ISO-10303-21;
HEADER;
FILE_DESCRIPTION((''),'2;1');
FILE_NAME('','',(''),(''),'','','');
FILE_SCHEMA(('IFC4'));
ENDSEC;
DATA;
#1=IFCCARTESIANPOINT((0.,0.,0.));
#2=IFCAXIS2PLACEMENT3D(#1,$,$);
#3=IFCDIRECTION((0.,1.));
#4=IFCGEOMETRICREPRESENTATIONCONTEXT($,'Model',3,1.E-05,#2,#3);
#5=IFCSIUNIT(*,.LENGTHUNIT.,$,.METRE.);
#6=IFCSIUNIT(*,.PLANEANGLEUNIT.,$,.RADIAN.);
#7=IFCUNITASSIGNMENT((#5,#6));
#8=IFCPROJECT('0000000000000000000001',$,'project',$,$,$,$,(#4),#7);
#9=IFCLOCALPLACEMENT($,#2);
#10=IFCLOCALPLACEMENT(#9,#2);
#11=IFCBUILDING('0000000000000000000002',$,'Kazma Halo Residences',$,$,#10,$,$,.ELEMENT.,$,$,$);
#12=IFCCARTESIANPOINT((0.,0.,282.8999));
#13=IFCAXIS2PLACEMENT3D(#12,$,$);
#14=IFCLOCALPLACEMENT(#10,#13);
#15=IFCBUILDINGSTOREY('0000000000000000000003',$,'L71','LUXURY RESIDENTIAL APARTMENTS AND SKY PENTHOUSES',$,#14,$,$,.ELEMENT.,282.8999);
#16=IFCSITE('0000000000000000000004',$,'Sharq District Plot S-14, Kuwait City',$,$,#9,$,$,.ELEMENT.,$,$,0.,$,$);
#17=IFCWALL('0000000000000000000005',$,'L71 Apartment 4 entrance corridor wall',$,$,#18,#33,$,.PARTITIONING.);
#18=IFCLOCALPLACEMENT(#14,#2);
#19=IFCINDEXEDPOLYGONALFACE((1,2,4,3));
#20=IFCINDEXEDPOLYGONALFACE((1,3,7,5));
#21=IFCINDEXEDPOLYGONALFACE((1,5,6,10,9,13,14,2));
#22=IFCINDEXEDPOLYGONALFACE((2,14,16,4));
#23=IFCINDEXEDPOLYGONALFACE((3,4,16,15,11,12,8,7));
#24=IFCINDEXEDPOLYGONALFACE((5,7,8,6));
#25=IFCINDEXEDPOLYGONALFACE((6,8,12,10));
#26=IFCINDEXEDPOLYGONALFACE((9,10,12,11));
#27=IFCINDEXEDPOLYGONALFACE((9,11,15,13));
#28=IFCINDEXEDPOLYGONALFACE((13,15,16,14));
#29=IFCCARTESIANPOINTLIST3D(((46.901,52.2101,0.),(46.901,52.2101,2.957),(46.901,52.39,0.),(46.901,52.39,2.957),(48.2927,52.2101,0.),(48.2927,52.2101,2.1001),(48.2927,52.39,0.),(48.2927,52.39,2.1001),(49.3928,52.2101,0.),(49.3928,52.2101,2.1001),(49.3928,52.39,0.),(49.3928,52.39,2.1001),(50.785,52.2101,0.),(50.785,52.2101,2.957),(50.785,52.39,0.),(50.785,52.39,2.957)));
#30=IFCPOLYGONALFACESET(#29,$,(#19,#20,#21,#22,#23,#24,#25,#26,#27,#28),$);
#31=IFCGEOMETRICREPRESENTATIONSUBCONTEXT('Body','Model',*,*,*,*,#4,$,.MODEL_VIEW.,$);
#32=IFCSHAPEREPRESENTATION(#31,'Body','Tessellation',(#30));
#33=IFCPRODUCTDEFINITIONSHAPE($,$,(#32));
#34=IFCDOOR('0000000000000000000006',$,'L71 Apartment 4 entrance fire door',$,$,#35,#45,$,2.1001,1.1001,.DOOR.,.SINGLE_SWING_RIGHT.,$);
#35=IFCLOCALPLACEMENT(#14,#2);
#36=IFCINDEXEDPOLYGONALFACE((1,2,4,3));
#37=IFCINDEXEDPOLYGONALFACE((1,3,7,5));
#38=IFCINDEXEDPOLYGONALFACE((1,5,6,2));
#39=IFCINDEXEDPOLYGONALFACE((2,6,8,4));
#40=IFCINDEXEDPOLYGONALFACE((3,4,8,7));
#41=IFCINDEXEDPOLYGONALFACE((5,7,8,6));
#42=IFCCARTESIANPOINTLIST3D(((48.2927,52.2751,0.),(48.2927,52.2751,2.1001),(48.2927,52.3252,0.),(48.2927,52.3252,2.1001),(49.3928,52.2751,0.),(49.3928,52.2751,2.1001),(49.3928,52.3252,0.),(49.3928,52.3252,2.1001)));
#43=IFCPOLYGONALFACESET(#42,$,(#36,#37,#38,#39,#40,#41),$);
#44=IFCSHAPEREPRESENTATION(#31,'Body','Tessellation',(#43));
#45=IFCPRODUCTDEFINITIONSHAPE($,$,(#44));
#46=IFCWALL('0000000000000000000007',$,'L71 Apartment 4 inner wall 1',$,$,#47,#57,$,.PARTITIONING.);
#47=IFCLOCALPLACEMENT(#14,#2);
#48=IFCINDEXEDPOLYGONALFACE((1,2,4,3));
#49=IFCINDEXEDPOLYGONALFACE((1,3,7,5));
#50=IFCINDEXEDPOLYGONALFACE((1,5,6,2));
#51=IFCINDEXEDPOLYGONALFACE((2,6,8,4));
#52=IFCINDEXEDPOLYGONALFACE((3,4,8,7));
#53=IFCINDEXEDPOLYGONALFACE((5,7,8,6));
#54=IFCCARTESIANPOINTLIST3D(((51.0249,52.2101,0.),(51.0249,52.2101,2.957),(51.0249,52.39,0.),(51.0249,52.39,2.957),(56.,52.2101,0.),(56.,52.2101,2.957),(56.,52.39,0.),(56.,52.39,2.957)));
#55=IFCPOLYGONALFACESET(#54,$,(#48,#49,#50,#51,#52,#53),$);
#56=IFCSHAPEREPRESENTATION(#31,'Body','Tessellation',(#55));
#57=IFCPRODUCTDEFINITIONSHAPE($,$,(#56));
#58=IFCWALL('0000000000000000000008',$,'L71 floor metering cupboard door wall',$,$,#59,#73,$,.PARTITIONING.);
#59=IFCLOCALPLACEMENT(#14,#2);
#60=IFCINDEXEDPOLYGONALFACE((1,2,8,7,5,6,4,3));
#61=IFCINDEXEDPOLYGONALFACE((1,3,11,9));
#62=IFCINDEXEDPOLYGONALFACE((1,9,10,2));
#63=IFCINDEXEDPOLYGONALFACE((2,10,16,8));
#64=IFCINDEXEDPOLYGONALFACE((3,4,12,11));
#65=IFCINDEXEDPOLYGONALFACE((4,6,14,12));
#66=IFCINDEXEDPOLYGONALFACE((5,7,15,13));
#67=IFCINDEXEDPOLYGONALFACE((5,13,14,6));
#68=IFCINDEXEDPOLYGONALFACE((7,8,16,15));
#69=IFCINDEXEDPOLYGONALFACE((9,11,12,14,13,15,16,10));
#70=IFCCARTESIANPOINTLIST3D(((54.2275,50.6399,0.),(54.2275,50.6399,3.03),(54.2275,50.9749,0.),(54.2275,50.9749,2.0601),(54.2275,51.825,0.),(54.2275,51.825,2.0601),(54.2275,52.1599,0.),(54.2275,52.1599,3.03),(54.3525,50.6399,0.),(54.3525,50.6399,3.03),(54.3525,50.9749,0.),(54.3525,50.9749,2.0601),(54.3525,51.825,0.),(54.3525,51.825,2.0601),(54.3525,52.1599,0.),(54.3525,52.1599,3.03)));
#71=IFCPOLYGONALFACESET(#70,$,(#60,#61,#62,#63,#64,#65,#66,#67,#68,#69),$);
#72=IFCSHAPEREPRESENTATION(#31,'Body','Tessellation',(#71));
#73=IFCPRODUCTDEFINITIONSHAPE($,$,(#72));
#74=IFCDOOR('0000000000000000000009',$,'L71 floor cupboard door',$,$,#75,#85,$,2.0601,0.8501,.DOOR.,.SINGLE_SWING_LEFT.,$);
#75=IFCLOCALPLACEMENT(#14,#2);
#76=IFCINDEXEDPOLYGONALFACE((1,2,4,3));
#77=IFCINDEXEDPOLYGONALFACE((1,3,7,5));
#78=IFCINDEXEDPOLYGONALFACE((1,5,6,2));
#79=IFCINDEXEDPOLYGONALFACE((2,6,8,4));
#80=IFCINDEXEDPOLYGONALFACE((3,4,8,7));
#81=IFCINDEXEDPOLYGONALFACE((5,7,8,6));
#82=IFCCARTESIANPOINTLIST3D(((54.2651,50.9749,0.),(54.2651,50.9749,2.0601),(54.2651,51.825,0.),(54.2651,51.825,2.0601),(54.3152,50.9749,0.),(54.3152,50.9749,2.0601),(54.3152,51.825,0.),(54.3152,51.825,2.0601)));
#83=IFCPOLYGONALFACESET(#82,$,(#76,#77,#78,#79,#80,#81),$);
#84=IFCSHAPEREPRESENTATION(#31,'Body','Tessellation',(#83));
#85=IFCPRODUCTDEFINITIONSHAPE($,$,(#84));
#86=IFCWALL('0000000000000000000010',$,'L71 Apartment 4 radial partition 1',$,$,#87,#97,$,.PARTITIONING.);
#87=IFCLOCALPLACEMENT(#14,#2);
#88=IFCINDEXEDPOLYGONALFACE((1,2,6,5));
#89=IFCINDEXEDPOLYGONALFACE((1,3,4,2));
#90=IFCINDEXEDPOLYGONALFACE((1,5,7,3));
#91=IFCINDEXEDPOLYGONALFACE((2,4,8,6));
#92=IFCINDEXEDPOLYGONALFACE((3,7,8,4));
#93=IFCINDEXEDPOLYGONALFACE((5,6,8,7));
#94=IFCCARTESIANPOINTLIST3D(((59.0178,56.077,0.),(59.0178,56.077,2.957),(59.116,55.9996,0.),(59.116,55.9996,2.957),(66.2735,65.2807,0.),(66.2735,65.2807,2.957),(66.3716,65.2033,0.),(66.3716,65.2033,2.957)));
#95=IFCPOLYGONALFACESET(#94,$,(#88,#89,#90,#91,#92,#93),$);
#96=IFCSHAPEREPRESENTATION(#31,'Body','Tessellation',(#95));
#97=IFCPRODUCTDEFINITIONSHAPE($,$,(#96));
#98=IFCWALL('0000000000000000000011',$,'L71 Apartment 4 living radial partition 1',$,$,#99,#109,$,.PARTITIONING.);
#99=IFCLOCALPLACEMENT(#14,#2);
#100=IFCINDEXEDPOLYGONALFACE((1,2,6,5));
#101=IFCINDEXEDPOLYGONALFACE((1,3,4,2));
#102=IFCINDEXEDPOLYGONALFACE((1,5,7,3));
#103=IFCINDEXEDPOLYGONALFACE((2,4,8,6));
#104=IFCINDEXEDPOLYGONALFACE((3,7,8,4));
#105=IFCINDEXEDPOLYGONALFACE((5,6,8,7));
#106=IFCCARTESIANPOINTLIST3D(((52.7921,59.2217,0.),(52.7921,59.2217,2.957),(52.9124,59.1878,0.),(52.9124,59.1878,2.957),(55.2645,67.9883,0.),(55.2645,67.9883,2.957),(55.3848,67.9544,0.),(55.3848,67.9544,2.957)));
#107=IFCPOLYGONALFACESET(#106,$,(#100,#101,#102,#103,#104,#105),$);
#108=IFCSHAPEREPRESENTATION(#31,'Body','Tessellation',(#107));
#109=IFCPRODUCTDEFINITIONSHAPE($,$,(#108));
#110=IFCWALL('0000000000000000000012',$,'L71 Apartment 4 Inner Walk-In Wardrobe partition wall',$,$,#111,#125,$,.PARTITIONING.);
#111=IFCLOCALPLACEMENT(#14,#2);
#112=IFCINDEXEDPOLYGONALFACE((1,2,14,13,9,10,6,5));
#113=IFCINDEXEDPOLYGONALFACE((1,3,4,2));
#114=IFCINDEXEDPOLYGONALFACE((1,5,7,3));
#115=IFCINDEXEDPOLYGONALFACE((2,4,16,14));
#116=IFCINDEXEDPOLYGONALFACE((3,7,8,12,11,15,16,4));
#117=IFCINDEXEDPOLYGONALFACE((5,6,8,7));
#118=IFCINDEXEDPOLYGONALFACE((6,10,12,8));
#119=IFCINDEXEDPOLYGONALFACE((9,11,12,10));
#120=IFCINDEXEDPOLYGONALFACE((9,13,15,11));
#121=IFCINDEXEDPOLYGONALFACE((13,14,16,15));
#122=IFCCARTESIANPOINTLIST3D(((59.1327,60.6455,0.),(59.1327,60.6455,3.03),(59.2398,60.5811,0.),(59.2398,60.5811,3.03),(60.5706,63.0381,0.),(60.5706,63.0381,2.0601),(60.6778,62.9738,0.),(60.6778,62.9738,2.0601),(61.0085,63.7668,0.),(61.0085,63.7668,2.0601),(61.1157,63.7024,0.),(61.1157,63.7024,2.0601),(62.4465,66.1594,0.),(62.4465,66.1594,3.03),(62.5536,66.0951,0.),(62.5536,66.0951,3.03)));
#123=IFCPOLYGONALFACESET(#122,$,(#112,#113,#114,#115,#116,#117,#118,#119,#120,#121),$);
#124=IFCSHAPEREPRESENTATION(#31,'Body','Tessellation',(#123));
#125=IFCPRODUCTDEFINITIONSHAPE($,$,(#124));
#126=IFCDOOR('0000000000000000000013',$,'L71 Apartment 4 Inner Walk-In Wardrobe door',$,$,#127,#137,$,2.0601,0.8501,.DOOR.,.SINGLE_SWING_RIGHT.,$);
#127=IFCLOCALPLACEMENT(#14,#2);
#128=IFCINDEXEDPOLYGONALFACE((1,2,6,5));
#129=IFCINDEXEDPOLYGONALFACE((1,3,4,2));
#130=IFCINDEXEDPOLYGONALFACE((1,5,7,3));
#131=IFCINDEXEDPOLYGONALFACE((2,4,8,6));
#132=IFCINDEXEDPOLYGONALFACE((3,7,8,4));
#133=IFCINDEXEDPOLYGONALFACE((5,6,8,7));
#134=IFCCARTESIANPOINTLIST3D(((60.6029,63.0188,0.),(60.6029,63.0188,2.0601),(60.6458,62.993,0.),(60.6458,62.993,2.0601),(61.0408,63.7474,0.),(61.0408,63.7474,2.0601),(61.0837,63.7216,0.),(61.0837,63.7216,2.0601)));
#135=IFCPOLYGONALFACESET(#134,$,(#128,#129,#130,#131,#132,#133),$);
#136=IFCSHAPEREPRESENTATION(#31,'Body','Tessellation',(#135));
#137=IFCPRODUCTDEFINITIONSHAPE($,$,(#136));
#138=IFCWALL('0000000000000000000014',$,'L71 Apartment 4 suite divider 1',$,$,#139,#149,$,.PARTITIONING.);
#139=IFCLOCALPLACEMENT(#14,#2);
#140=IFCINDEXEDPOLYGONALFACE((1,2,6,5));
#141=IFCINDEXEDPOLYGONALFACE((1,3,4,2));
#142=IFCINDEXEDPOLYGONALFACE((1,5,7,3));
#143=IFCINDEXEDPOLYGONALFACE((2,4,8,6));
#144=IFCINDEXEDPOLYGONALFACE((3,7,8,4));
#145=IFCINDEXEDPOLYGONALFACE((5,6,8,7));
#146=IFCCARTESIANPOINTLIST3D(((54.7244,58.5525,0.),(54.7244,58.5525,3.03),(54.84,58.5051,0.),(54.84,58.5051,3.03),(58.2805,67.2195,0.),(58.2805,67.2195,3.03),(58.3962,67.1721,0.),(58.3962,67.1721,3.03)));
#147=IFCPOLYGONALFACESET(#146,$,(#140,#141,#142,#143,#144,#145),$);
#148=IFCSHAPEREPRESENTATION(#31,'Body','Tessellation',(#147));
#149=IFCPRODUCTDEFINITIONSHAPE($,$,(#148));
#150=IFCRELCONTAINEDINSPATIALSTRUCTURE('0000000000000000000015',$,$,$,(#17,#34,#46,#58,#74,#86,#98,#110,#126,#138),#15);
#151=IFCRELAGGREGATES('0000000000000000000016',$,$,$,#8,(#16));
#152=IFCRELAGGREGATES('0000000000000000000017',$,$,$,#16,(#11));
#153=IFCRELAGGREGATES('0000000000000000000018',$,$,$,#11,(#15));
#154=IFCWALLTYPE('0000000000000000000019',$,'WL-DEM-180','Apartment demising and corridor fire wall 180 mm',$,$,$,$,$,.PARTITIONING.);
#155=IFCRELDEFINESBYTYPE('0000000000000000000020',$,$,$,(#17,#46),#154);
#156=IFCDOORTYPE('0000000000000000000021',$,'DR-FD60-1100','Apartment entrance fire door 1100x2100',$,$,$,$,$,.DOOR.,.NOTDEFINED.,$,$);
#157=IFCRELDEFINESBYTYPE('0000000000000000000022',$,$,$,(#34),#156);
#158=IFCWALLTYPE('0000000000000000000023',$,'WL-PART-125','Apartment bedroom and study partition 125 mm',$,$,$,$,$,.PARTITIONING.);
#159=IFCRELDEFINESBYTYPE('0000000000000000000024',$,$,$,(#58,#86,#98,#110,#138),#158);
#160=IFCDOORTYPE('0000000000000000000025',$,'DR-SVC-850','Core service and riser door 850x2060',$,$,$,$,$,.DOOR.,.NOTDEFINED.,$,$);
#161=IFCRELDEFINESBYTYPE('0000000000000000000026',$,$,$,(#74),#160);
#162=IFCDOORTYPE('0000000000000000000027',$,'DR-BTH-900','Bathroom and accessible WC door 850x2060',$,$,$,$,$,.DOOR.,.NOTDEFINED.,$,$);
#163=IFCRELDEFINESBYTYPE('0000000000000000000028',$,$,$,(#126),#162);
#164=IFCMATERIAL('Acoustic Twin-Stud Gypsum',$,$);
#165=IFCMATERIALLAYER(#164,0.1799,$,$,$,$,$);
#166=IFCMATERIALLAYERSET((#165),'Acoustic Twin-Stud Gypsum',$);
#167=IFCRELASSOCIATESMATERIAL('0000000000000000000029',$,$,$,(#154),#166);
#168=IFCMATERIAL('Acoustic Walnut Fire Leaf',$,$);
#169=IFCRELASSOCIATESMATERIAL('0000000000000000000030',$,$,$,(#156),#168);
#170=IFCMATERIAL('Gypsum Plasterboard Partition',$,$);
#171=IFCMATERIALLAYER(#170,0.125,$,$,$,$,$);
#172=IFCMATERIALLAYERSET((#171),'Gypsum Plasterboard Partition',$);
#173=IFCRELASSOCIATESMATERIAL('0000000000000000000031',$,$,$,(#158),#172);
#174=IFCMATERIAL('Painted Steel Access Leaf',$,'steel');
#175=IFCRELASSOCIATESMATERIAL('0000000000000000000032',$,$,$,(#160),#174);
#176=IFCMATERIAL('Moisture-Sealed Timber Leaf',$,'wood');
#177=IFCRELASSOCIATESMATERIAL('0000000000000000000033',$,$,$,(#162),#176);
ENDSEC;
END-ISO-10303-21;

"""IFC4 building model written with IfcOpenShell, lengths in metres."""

from ifc_helpers import new_model, si_unit, direction, frame, frame_2d, origin, place, context, subcontext, project, spatial, rectangle, extrude, material, layer, layer_set, type_object, element, fill, save


model = new_model("IFC4")

# Units and contexts
model_context = context("Model", 3, precision=1e-05, world=origin(), true_north=direction((0.0, 1.0)))
body_context = subcontext(model_context, "Body", "Model", "MODEL_VIEW")
ifc_project = project(units=[si_unit("LENGTHUNIT", "METRE"), si_unit("PLANEANGLEUNIT", "RADIAN")], contexts=[model_context])

# Site, building, storey
site_placement = place(None, origin())
site = spatial("IfcSite", under=ifc_project, at=site_placement, Name="Sharq District Plot S-14, Kuwait City", CompositionType="ELEMENT", RefElevation=0.0)
building_placement = place(site_placement, origin())
building = spatial("IfcBuilding", under=site, at=building_placement, Name="Kazma Halo Residences", CompositionType="ELEMENT")
storey_placement = place(building_placement, frame((0.0, 0.0, 282.8999)))
storey = spatial("IfcBuildingStorey", under=building, at=storey_placement, Name="L71", Description="LUXURY RESIDENTIAL APARTMENTS AND SKY PENTHOUSES", CompositionType="ELEMENT", Elevation=282.8999)

# Wall, opening, door
ifc_material_1 = material(Name="Acoustic Twin-Stud Gypsum")
ifc_layer_1 = layer(ifc_material_1, 0.1799)
ifc_layer_set_1 = layer_set([ifc_layer_1], Name="Acoustic Twin-Stud Gypsum")
wall_type_1 = type_object("IfcWallType", Name="WL-DEM-180", Description="Apartment demising and corridor fire wall 180 mm", PredefinedType="PARTITIONING", material=ifc_layer_set_1)
wall_1_placement = place(storey_placement, frame((50.7849, 52.3, 0.0), z_axis=(0.0, 0.0, 1.0), x_axis=(-1.0, 0.0, 0.0)))
wall_1 = element("IfcWall", 1, at=wall_1_placement, inside=storey, type_object=wall_type_1, Name="L71 Apartment 4 entrance corridor wall", PredefinedType="PARTITIONING", context=body_context, shape_type="SweptSolid", body=[
    extrude(rectangle(XDim=3.884, YDim=0.1799, at=frame_2d((1.9419, 0.0))), origin(), (0.0, 0.0, 1.0), 2.957),
])
opening_1_placement = place(wall_1_placement, frame((1.3921, 0.0, 0.0)))
opening_1 = element("IfcOpeningElement", 2, at=opening_1_placement, cuts=wall_1, PredefinedType="OPENING", context=body_context, shape_type="SweptSolid", body=[
    extrude(rectangle(XDim=1.1001, YDim=2.1001, at=frame_2d((0.55, 1.05))), frame((0.0, 0.0999, 0.0), z_axis=(0.0, -1.0, 0.0), x_axis=(1.0, 0.0, 0.0)), (0.0, 0.0, 1.0), 0.2),
])
ifc_material_2 = material(Name="Acoustic Walnut Fire Leaf")
door_type_1 = type_object("IfcDoorType", Name="DR-FD60-1100", Description="Apartment entrance fire door 1100x2100", OperationType="NOTDEFINED", PredefinedType="DOOR", material=ifc_material_2)
door_1_placement = place(opening_1_placement, origin())
door_1 = element("IfcDoor", 3, at=door_1_placement, inside=storey, type_object=door_type_1, Name="L71 Apartment 4 entrance fire door", OperationType="SINGLE_SWING_RIGHT", OverallHeight=2.1001, OverallWidth=1.1001, PredefinedType="DOOR", context=body_context, shape_type="SweptSolid", body=[
    extrude(rectangle(XDim=1.1001, YDim=2.1001, at=frame_2d((0.55, 1.05))), frame((0.0, 0.0249, 0.0), z_axis=(0.0, -1.0, 0.0), x_axis=(1.0, 0.0, 0.0)), (0.0, 0.0, 1.0), 0.05),
])
fill(opening_1, door_1)

# Wall
wall_2_placement = place(storey_placement, frame((56.0, 52.3, 0.0), z_axis=(0.0, 0.0, 1.0), x_axis=(-1.0, 0.0, 0.0)))
element("IfcWall", 4, at=wall_2_placement, inside=storey, type_object=wall_type_1, Name="L71 Apartment 4 inner wall 1", PredefinedType="PARTITIONING", context=body_context, shape_type="SweptSolid", body=[
    extrude(rectangle(XDim=4.9751, YDim=0.1799, at=frame_2d((2.4875, 0.0))), origin(), (0.0, 0.0, 1.0), 2.957),
])

# Wall, opening, door
ifc_material_3 = material(Name="Gypsum Plasterboard Partition")
ifc_layer_2 = layer(ifc_material_3, 0.125)
ifc_layer_set_2 = layer_set([ifc_layer_2], Name="Gypsum Plasterboard Partition")
wall_type_2 = type_object("IfcWallType", Name="WL-PART-125", Description="Apartment bedroom and study partition 125 mm", PredefinedType="PARTITIONING", material=ifc_layer_set_2)
wall_3_placement = place(storey_placement, frame((54.29, 50.6399, 0.0), z_axis=(0.0, 0.0, 1.0), x_axis=(0.0, 1.0, 0.0)))
wall_3 = element("IfcWall", 5, at=wall_3_placement, inside=storey, type_object=wall_type_2, Name="L71 floor metering cupboard door wall", PredefinedType="PARTITIONING", context=body_context, shape_type="SweptSolid", body=[
    extrude(rectangle(XDim=1.52, YDim=0.125, at=frame_2d((0.76, 0.0))), origin(), (0.0, 0.0, 1.0), 3.03),
])
opening_2_placement = place(wall_3_placement, frame((0.335, 0.0, 0.0)))
opening_2 = element("IfcOpeningElement", 6, at=opening_2_placement, cuts=wall_3, PredefinedType="OPENING", context=body_context, shape_type="SweptSolid", body=[
    extrude(rectangle(XDim=0.8501, YDim=2.0601, at=frame_2d((0.425, 1.03))), frame((0.0, 0.0725, 0.0), z_axis=(0.0, -1.0, 0.0), x_axis=(1.0, 0.0, 0.0)), (0.0, 0.0, 1.0), 0.145),
])
ifc_material_4 = material(Name="Painted Steel Access Leaf", Category="steel")
door_type_2 = type_object("IfcDoorType", Name="DR-SVC-850", Description="Core service and riser door 850x2060", OperationType="NOTDEFINED", PredefinedType="DOOR", material=ifc_material_4)
door_2_placement = place(opening_2_placement, origin())
door_2 = element("IfcDoor", 7, at=door_2_placement, inside=storey, type_object=door_type_2, Name="L71 floor cupboard door", OperationType="SINGLE_SWING_LEFT", OverallHeight=2.0601, OverallWidth=0.8501, PredefinedType="DOOR", context=body_context, shape_type="SweptSolid", body=[
    extrude(rectangle(XDim=0.8501, YDim=2.0601, at=frame_2d((0.425, 1.03))), frame((0.0, 0.0249, 0.0), z_axis=(0.0, -1.0, 0.0), x_axis=(1.0, 0.0, 0.0)), (0.0, 0.0, 1.0), 0.05),
])
fill(opening_2, door_2)

# Walls
wall_4_placement = place(storey_placement, frame((59.0669, 56.0383, 0.0), z_axis=(0.0, 0.0, 1.0), x_axis=(0.619098, 0.785314, 0.0)))
element("IfcWall", 8, at=wall_4_placement, inside=storey, type_object=wall_type_2, Name="L71 Apartment 4 radial partition 1", PredefinedType="PARTITIONING", context=body_context, shape_type="SweptSolid", body=[
    extrude(rectangle(XDim=11.7197, YDim=0.125, at=frame_2d((5.8599, 0.0))), origin(), (0.0, 0.0, 1.0), 2.957),
])
wall_5_placement = place(storey_placement, frame((52.8523, 59.2048, 0.0), z_axis=(0.0, 0.0, 1.0), x_axis=(0.271438, 0.962456, 0.0)))
element("IfcWall", 9, at=wall_5_placement, inside=storey, type_object=wall_type_2, Name="L71 Apartment 4 living radial partition 1", PredefinedType="PARTITIONING", context=body_context, shape_type="SweptSolid", body=[
    extrude(rectangle(XDim=9.1086, YDim=0.125, at=frame_2d((4.5542, 0.0))), origin(), (0.0, 0.0, 1.0), 2.957),
])

# Wall, opening, door
wall_6_placement = place(storey_placement, frame((59.1863, 60.6133, 0.0), z_axis=(0.0, 0.0, 1.0), x_axis=(0.51511, 0.857124, 0.0)))
wall_6 = element("IfcWall", 10, at=wall_6_placement, inside=storey, type_object=wall_type_2, Name="L71 Apartment 4 Inner Walk-In Wardrobe partition wall", PredefinedType="PARTITIONING", context=body_context, shape_type="SweptSolid", body=[
    extrude(rectangle(XDim=6.4331, YDim=0.125, at=frame_2d((3.2166, 0.0))), origin(), (0.0, 0.0, 1.0), 3.03),
])
opening_3_placement = place(wall_6_placement, frame((2.7915, 0.0, 0.0)))
opening_3 = element("IfcOpeningElement", 11, at=opening_3_placement, cuts=wall_6, PredefinedType="OPENING", context=body_context, shape_type="SweptSolid", body=[
    extrude(rectangle(XDim=0.8501, YDim=2.0601, at=frame_2d((0.425, 1.03))), frame((0.0, 0.0725, 0.0), z_axis=(0.0, -1.0, 0.0), x_axis=(1.0, 0.0, 0.0)), (0.0, 0.0, 1.0), 0.145),
])
ifc_material_5 = material(Name="Moisture-Sealed Timber Leaf", Category="wood")
door_type_3 = type_object("IfcDoorType", Name="DR-BTH-900", Description="Bathroom and accessible WC door 850x2060", OperationType="NOTDEFINED", PredefinedType="DOOR", material=ifc_material_5)
door_3_placement = place(opening_3_placement, origin())
door_3 = element("IfcDoor", 12, at=door_3_placement, inside=storey, type_object=door_type_3, Name="L71 Apartment 4 Inner Walk-In Wardrobe door", OperationType="SINGLE_SWING_RIGHT", OverallHeight=2.0601, OverallWidth=0.8501, PredefinedType="DOOR", context=body_context, shape_type="SweptSolid", body=[
    extrude(rectangle(XDim=0.8501, YDim=2.0601, at=frame_2d((0.425, 1.03))), frame((0.0, 0.0249, 0.0), z_axis=(0.0, -1.0, 0.0), x_axis=(1.0, 0.0, 0.0)), (0.0, 0.0, 1.0), 0.05),
])
fill(opening_3, door_3)

# Wall
wall_7_placement = place(storey_placement, frame((54.7822, 58.5288, 0.0), z_axis=(0.0, 0.0, 1.0), x_axis=(0.379599, 0.925151, 0.0)))
element("IfcWall", 13, at=wall_7_placement, inside=storey, type_object=wall_type_2, Name="L71 Apartment 4 suite divider 1", PredefinedType="PARTITIONING", context=body_context, shape_type="SweptSolid", body=[
    extrude(rectangle(XDim=9.3682, YDim=0.125, at=frame_2d((4.6841, 0.0))), origin(), (0.0, 0.0, 1.0), 3.03),
])

save(model, "model.ifc")
